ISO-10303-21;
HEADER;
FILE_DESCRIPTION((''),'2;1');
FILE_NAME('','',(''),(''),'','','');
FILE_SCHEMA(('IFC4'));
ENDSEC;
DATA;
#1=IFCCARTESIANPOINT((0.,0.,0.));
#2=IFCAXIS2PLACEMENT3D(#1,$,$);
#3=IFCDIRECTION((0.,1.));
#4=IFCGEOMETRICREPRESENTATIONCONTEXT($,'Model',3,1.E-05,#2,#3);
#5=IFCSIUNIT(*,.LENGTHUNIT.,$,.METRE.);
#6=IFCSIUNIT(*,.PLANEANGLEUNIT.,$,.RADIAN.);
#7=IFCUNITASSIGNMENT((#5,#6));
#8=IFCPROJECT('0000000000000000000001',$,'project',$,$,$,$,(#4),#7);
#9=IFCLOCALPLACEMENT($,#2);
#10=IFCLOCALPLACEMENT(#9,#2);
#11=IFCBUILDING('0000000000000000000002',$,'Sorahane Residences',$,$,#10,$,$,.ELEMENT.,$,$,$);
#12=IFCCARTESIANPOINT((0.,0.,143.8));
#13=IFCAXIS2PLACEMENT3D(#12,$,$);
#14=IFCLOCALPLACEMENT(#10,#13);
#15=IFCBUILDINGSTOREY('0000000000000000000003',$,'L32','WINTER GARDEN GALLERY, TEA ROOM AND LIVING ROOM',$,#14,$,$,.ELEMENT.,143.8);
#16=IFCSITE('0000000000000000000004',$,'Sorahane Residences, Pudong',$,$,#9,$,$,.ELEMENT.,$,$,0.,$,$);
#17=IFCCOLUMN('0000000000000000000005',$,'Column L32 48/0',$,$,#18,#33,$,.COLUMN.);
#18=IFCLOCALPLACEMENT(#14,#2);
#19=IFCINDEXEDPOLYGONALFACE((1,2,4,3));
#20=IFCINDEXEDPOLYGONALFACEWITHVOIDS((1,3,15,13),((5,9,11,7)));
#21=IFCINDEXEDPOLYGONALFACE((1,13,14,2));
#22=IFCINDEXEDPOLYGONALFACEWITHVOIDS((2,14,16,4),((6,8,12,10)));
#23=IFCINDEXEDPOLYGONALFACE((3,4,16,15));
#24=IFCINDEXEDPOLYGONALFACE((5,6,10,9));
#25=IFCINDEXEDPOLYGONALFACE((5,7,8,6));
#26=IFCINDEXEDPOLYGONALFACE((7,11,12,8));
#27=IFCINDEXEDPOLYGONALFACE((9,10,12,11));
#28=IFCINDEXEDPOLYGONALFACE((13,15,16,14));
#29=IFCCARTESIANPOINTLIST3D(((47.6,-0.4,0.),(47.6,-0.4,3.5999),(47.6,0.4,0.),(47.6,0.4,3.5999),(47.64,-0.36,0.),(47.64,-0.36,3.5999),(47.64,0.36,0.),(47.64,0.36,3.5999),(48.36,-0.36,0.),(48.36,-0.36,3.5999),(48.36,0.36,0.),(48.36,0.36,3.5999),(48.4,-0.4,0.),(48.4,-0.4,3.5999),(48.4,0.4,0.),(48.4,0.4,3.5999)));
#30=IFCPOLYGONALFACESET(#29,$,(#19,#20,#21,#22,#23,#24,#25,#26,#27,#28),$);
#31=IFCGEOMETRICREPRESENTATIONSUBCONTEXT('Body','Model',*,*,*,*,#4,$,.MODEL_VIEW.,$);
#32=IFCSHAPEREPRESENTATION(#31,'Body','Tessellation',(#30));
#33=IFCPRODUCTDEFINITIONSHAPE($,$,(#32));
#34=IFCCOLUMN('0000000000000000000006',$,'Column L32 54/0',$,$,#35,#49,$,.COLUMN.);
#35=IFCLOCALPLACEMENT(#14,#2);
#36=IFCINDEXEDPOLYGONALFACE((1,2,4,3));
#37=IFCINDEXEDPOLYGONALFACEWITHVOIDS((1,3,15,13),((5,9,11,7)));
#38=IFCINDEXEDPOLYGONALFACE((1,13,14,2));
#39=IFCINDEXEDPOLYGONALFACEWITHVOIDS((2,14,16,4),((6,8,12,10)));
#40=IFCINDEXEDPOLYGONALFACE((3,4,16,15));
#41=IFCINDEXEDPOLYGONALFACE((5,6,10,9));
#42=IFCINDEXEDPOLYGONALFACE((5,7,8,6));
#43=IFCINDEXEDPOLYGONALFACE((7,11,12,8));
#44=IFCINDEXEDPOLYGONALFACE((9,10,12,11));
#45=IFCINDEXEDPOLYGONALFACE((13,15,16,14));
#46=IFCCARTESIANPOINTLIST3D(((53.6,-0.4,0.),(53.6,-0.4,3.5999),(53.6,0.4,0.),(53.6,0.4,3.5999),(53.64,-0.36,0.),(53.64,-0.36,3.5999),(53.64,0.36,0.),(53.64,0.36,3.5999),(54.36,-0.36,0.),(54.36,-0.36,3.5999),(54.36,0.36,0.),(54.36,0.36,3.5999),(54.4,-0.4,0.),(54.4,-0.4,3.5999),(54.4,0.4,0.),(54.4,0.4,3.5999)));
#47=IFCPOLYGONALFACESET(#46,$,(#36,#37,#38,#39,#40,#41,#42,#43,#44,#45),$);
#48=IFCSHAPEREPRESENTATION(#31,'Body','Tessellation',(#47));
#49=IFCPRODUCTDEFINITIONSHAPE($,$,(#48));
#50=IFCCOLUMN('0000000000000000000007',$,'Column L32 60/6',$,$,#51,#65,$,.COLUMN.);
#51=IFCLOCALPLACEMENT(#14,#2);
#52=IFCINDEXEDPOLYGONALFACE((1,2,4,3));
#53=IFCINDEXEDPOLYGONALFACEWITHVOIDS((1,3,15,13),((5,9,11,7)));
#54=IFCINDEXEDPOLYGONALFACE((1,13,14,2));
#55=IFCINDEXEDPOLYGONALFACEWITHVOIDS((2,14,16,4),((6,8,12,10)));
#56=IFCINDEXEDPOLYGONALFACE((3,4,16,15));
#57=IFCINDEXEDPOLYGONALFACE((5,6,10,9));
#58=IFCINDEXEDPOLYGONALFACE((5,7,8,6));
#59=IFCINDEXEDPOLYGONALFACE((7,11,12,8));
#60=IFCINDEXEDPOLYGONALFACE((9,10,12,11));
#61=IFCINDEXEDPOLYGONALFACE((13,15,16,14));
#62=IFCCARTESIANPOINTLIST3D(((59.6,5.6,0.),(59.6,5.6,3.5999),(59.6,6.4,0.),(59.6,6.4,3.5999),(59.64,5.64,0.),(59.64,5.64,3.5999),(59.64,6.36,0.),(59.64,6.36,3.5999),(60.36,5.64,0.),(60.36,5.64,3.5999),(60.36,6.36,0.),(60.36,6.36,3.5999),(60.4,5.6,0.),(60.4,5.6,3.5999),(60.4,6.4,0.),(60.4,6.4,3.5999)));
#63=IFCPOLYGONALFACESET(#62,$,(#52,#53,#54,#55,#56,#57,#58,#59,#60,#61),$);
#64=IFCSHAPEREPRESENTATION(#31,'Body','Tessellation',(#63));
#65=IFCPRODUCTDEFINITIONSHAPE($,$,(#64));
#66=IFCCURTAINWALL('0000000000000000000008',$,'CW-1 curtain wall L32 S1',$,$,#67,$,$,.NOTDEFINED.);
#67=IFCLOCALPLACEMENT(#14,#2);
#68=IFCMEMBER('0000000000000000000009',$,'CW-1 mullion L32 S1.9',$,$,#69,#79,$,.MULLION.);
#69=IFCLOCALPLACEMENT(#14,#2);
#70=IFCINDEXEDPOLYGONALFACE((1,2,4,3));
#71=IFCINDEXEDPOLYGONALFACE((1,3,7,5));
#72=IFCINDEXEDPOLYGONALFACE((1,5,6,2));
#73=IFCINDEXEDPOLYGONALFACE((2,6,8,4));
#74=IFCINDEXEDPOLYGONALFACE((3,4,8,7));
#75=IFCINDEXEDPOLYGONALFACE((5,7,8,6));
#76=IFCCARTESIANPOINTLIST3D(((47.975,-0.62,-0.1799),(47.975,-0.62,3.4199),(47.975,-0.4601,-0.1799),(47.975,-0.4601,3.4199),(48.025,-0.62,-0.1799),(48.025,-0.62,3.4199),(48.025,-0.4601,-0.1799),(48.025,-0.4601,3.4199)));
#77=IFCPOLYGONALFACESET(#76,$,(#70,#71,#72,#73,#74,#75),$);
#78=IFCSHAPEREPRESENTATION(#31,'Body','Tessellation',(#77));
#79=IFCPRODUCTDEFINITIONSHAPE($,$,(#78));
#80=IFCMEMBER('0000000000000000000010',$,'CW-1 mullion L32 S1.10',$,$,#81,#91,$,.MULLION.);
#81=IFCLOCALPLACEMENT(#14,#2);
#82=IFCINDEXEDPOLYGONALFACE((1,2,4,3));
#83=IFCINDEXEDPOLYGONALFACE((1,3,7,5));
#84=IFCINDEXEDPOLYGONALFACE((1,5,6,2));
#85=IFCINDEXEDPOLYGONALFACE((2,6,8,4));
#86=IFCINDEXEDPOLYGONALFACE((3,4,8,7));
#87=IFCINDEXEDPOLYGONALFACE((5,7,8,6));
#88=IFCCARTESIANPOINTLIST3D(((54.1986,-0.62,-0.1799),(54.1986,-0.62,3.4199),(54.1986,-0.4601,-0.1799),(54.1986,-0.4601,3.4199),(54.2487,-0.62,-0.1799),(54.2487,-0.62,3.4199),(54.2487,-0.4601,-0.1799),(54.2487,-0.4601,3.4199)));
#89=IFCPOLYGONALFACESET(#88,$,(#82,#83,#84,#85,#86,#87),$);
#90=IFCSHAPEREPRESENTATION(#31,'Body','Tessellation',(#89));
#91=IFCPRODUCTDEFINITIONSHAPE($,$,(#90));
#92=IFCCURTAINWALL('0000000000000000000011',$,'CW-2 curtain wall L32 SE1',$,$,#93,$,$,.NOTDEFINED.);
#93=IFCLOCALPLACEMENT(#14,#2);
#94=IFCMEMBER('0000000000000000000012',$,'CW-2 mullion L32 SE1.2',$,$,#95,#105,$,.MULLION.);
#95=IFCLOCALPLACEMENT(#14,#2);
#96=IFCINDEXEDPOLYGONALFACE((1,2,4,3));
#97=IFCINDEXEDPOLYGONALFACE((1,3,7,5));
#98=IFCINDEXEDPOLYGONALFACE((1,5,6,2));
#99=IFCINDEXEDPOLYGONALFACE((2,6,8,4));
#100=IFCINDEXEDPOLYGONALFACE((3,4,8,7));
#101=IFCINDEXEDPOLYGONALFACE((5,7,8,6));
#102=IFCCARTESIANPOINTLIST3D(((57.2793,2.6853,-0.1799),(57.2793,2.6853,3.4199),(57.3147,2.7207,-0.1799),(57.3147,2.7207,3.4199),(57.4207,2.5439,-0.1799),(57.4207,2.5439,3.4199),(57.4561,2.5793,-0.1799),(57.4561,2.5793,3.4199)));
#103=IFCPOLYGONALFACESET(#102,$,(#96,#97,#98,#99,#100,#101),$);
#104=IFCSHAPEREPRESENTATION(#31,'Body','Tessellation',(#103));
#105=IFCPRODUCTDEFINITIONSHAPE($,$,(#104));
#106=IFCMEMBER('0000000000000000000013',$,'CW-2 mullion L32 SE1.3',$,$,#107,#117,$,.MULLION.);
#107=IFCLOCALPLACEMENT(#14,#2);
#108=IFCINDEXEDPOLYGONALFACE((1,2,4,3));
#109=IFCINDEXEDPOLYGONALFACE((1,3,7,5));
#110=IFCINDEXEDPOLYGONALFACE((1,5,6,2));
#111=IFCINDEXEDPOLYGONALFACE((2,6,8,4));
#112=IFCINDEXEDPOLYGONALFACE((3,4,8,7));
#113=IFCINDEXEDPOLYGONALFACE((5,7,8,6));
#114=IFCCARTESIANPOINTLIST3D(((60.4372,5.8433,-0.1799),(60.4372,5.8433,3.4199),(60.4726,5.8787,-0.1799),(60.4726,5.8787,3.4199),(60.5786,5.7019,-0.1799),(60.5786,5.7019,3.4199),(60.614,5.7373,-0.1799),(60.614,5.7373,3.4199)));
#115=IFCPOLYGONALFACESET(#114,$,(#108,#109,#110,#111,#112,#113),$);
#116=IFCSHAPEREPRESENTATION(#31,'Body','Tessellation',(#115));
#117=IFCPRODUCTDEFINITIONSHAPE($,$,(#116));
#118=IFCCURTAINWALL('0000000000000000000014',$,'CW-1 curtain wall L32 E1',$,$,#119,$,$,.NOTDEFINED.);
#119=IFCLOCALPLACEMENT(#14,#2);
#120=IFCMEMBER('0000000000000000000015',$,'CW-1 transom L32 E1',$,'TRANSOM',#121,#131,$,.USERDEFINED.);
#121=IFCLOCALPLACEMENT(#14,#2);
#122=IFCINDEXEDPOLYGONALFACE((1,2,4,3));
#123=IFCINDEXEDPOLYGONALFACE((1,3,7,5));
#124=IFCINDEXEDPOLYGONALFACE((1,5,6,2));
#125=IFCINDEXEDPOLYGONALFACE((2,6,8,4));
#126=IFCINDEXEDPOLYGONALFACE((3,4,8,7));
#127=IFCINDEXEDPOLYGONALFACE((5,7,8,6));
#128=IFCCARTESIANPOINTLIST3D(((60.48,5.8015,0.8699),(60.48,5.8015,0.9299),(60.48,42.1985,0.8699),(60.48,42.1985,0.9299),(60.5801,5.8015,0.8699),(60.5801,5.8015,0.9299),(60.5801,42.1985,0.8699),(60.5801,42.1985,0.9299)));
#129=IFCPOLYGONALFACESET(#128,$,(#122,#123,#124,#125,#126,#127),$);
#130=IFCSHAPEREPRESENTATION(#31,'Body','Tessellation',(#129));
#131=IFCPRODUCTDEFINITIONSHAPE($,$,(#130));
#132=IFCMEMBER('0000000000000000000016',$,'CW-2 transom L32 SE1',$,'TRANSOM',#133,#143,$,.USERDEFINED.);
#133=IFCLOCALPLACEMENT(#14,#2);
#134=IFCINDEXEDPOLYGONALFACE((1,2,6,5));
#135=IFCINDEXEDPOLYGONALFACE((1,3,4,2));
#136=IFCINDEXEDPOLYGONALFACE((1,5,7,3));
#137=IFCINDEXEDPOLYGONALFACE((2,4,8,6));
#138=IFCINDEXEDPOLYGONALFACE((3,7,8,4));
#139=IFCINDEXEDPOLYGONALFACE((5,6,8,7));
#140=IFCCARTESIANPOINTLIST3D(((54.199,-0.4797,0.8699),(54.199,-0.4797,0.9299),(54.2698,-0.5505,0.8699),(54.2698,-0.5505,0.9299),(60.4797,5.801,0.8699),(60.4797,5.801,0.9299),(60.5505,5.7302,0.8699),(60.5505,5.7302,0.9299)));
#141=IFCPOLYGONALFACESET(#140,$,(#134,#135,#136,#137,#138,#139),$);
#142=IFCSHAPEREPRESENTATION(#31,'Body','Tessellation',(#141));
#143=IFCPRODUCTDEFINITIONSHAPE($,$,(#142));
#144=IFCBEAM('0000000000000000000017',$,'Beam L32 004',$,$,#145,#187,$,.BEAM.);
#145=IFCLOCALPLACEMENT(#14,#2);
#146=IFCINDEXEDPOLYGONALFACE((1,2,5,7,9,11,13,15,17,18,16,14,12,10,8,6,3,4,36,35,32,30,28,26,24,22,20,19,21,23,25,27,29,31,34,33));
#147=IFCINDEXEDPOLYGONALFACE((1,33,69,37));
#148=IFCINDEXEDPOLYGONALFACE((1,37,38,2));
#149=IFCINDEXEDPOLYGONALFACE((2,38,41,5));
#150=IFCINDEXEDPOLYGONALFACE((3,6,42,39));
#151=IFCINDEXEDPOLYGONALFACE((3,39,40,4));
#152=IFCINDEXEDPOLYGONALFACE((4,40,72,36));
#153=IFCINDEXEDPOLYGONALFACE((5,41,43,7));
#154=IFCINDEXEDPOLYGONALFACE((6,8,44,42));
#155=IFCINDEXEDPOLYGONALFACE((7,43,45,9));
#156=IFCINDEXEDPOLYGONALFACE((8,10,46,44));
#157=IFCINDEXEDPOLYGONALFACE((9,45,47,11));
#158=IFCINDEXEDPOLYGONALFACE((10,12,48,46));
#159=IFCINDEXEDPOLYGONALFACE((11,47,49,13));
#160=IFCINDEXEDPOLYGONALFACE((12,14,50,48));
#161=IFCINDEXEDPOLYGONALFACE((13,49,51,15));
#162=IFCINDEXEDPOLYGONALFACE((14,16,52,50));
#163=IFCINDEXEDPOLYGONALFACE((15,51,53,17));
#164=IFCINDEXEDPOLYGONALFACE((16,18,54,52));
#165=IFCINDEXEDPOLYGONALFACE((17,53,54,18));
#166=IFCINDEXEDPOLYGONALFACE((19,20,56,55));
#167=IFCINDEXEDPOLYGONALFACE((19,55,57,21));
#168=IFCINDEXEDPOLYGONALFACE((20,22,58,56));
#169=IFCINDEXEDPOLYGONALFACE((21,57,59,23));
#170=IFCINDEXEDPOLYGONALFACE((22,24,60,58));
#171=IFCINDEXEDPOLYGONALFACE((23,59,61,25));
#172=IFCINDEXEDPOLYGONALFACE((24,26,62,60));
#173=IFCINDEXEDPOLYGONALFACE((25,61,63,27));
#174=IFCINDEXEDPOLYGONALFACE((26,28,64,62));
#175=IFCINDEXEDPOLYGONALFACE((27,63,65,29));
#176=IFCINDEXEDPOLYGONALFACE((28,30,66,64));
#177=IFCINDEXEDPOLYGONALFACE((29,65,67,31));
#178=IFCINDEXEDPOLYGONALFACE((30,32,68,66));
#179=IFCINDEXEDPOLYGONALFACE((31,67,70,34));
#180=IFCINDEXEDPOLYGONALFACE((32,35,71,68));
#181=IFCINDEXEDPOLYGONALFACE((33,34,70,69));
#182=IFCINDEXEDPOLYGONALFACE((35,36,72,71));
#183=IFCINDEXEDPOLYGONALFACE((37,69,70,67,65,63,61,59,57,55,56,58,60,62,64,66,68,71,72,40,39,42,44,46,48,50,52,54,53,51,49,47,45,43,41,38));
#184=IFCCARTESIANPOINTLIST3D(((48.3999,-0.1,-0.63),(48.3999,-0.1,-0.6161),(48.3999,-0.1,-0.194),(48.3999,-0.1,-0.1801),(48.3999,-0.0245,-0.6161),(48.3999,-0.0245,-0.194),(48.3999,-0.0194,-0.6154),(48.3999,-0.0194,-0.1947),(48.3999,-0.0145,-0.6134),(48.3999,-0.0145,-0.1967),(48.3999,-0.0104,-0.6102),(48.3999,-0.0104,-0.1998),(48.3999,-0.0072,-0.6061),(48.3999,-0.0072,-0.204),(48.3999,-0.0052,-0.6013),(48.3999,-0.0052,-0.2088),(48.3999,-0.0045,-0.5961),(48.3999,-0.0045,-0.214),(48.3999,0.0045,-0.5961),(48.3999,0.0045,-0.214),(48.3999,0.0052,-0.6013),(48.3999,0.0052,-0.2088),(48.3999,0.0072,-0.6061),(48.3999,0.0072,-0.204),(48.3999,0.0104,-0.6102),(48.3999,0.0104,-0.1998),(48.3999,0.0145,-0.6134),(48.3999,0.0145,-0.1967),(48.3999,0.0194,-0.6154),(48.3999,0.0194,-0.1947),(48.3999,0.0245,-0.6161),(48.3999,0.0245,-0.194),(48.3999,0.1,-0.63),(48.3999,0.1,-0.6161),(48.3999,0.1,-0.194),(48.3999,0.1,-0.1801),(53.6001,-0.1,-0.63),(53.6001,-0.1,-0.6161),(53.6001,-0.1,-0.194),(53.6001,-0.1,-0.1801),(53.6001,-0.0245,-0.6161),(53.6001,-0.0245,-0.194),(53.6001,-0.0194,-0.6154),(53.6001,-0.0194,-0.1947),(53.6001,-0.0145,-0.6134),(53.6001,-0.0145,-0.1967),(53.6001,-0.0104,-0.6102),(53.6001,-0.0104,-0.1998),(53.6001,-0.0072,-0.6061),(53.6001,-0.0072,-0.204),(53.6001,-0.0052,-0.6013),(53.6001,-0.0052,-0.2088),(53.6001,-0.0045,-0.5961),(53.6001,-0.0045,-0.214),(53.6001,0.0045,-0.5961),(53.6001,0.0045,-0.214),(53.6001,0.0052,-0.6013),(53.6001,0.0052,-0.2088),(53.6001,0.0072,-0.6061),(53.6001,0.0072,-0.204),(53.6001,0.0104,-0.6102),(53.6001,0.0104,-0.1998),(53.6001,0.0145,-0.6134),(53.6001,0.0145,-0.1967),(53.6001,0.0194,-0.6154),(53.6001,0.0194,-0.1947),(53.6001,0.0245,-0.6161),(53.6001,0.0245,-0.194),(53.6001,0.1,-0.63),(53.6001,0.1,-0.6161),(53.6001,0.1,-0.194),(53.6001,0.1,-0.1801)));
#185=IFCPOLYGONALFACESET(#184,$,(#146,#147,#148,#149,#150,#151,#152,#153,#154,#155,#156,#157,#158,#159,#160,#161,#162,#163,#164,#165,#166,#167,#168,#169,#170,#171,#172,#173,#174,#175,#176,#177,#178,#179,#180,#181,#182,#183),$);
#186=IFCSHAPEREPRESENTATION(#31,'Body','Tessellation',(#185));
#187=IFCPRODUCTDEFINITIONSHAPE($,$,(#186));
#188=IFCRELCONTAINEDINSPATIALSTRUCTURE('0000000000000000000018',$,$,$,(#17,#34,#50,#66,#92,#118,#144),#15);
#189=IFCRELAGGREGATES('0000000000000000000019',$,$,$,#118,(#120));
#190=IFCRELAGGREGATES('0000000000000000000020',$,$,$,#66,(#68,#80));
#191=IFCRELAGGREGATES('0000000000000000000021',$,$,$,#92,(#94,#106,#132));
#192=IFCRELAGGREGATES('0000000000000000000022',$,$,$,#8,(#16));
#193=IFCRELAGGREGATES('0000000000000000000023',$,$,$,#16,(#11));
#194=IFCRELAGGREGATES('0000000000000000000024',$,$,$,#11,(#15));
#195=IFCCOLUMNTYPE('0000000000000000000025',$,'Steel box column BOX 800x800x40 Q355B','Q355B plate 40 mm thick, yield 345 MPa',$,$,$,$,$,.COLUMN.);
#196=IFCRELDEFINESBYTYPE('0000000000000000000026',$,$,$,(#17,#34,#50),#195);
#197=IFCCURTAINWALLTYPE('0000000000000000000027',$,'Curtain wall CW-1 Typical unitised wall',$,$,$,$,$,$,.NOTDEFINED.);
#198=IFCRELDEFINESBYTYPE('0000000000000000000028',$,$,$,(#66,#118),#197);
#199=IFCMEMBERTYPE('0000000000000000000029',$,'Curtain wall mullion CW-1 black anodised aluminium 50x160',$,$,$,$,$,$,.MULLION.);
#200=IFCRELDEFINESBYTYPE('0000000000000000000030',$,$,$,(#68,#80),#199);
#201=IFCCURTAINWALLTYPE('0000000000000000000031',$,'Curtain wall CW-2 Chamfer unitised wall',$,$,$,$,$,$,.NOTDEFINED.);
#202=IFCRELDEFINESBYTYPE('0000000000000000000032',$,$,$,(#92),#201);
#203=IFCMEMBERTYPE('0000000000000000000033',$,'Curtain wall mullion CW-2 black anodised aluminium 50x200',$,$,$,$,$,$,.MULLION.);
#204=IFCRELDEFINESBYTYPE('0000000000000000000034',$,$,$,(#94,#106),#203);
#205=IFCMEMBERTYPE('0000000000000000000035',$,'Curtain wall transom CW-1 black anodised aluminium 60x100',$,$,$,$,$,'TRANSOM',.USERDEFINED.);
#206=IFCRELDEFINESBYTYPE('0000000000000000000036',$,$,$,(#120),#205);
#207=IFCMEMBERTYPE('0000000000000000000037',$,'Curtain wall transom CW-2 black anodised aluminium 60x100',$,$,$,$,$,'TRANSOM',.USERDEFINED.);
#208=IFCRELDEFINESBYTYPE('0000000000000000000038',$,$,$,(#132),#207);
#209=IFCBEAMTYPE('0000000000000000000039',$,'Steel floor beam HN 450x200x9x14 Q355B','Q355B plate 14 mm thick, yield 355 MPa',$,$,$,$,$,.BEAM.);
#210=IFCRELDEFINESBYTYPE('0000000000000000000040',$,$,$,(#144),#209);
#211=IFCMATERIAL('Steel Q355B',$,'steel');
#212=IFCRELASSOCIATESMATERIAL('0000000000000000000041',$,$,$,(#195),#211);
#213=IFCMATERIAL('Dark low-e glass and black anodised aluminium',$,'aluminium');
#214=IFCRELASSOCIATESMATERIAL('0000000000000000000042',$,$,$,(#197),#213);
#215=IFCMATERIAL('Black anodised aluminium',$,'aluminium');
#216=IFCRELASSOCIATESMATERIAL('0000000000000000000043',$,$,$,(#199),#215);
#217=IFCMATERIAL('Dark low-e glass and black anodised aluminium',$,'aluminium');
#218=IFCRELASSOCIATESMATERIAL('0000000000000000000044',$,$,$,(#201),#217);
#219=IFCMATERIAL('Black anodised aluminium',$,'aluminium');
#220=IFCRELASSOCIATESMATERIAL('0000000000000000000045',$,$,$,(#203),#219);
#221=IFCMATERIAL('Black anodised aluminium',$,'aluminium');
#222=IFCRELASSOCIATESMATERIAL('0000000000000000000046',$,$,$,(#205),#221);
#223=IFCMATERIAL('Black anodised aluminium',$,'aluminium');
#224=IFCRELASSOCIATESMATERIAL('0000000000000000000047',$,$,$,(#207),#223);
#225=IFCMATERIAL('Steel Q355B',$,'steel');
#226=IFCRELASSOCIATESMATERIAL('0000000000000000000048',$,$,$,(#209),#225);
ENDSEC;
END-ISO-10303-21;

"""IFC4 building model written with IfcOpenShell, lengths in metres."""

from ifc_helpers import new_model, si_unit, direction, frame, origin, origin_2d, place, context, subcontext, project, spatial, rectangle, hollow_rectangle, i_section, extrude, material, material_profile, profile_set, type_object, element, aggregate, save


model = new_model("IFC4")

# Units and contexts
model_context = context("Model", 3, precision=1e-05, world=origin(), true_north=direction((0.0, 1.0)))
body_context = subcontext(model_context, "Body", "Model", "MODEL_VIEW")
ifc_project = project(units=[si_unit("LENGTHUNIT", "METRE"), si_unit("PLANEANGLEUNIT", "RADIAN")], contexts=[model_context])

# Site, building, storey
site_placement = place(None, origin())
site = spatial("IfcSite", under=ifc_project, at=site_placement, Name="Sorahane Residences, Pudong", CompositionType="ELEMENT", RefElevation=0.0)
building_placement = place(site_placement, origin())
building = spatial("IfcBuilding", under=site, at=building_placement, Name="Sorahane Residences", CompositionType="ELEMENT")
storey_placement = place(building_placement, frame((0.0, 0.0, 143.8)))
storey = spatial("IfcBuildingStorey", under=building, at=storey_placement, Name="L32", Description="WINTER GARDEN GALLERY, TEA ROOM AND LIVING ROOM", CompositionType="ELEMENT", Elevation=143.8)

# Columns
ifc_material_1 = material(Name="Steel Q355B", Category="steel")
ifc_material_profile_1 = material_profile(ifc_material_1, hollow_rectangle(XDim=0.8, YDim=0.8, WallThickness=0.04, at=origin_2d()), Name="BOX 800x800x40")
ifc_profile_set_1 = profile_set([ifc_material_profile_1], Name="Steel Q355B")
column_type = type_object("IfcColumnType", Name="Steel box column BOX 800x800x40 Q355B", Description="Q355B plate 40 mm thick, yield 345 MPa", PredefinedType="COLUMN", material=ifc_profile_set_1)
for number, where, z_axis, x_axis, name in (
    (1, (48.0, 0.0, 0.0), (0.0, 0.0, 1.0), (1.0, 0.0, 0.0), "Column L32 48/0"),
    (2, (54.0, 0.0, 0.0), (0.0, 0.0, 1.0), (1.0, 0.0, 0.0), "Column L32 54/0"),
    (3, (60.0, 6.0, 0.0), (0.0, 0.0, 1.0), (1.0, 0.0, 0.0), "Column L32 60/6"),
):
    element("IfcColumn", number, at=place(storey_placement, frame(where, z_axis=z_axis, x_axis=x_axis)), inside=storey, type_object=column_type, Name=name, PredefinedType="COLUMN", context=body_context, shape_type="SweptSolid", body=[
        extrude(hollow_rectangle(XDim=0.8, YDim=0.8, WallThickness=0.04, at=origin_2d()), origin(), (0.0, 0.0, 1.0), 3.5999),
    ])

# Curtain walls, members
ifc_material_2 = material(Name="Dark low-e glass and black anodised aluminium", Category="aluminium")
curtain_wall_type_1 = type_object("IfcCurtainWallType", Name="Curtain wall CW-1 Typical unitised wall", PredefinedType="NOTDEFINED", material=ifc_material_2)
curtain_wall_1_placement = place(storey_placement, origin())
curtain_wall_1 = element("IfcCurtainWall", 4, at=curtain_wall_1_placement, inside=storey, type_object=curtain_wall_type_1, Name="CW-1 curtain wall L32 S1", PredefinedType="NOTDEFINED")
ifc_material_3 = material(Name="Black anodised aluminium", Category="aluminium")
ifc_material_profile_2 = material_profile(ifc_material_3, rectangle(XDim=0.1599, YDim=0.05, at=origin_2d()), Name="Curtain wall mullion CW-1 black anodised aluminium 50x160")
ifc_profile_set_2 = profile_set([ifc_material_profile_2], Name="Black anodised aluminium")
member_type_1 = type_object("IfcMemberType", Name="Curtain wall mullion CW-1 black anodised aluminium 50x160", PredefinedType="MULLION", material=ifc_profile_set_2)
member_1_placement = place(storey_placement, frame((48.0, -0.54, -0.1799), z_axis=(0.0, 0.0, 1.0), x_axis=(0.0, -1.0, 0.0)))
member_1 = element("IfcMember", 5, at=member_1_placement, type_object=member_type_1, Name="CW-1 mullion L32 S1.9", PredefinedType="MULLION", context=body_context, shape_type="SweptSolid", body=[
    extrude(rectangle(XDim=0.1599, YDim=0.05, at=origin_2d()), origin(), (0.0, 0.0, 1.0), 3.5999),
])
member_2_placement = place(storey_placement, frame((54.2236, -0.54, -0.1799), z_axis=(0.0, 0.0, 1.0), x_axis=(0.0, -1.0, 0.0)))
member_2 = element("IfcMember", 6, at=member_2_placement, type_object=member_type_1, Name="CW-1 mullion L32 S1.10", PredefinedType="MULLION", context=body_context, shape_type="SweptSolid", body=[
    extrude(rectangle(XDim=0.1599, YDim=0.05, at=origin_2d()), origin(), (0.0, 0.0, 1.0), 3.5999),
])
ifc_material_4 = material(Name="Dark low-e glass and black anodised aluminium", Category="aluminium")
curtain_wall_type_2 = type_object("IfcCurtainWallType", Name="Curtain wall CW-2 Chamfer unitised wall", PredefinedType="NOTDEFINED", material=ifc_material_4)
curtain_wall_2_placement = place(storey_placement, origin())
curtain_wall_2 = element("IfcCurtainWall", 7, at=curtain_wall_2_placement, inside=storey, type_object=curtain_wall_type_2, Name="CW-2 curtain wall L32 SE1", PredefinedType="NOTDEFINED")
ifc_material_5 = material(Name="Black anodised aluminium", Category="aluminium")
ifc_material_profile_3 = material_profile(ifc_material_5, rectangle(XDim=0.2, YDim=0.05, at=origin_2d()), Name="Curtain wall mullion CW-2 black anodised aluminium 50x200")
ifc_profile_set_3 = profile_set([ifc_material_profile_3], Name="Black anodised aluminium")
member_type_2 = type_object("IfcMemberType", Name="Curtain wall mullion CW-2 black anodised aluminium 50x200", PredefinedType="MULLION", material=ifc_profile_set_3)
member_3_placement = place(storey_placement, frame((57.3677, 2.6323, -0.1799), z_axis=(0.0, 0.0, 1.0), x_axis=(0.707107, -0.707107, 0.0)))
member_3 = element("IfcMember", 8, at=member_3_placement, type_object=member_type_2, Name="CW-2 mullion L32 SE1.2", PredefinedType="MULLION", context=body_context, shape_type="SweptSolid", body=[
    extrude(rectangle(XDim=0.2, YDim=0.05, at=origin_2d()), origin(), (0.0, 0.0, 1.0), 3.5999),
])
member_4_placement = place(storey_placement, frame((60.5256, 5.7903, -0.1799), z_axis=(0.0, 0.0, 1.0), x_axis=(0.707107, -0.707107, 0.0)))
member_4 = element("IfcMember", 9, at=member_4_placement, type_object=member_type_2, Name="CW-2 mullion L32 SE1.3", PredefinedType="MULLION", context=body_context, shape_type="SweptSolid", body=[
    extrude(rectangle(XDim=0.2, YDim=0.05, at=origin_2d()), origin(), (0.0, 0.0, 1.0), 3.5999),
])

# Curtain wall, member
curtain_wall_3_placement = place(storey_placement, origin())
curtain_wall_3 = element("IfcCurtainWall", 10, at=curtain_wall_3_placement, inside=storey, type_object=curtain_wall_type_1, Name="CW-1 curtain wall L32 E1", PredefinedType="NOTDEFINED")
ifc_material_6 = material(Name="Black anodised aluminium", Category="aluminium")
ifc_material_profile_4 = material_profile(ifc_material_6, rectangle(XDim=0.1001, YDim=0.0601, at=origin_2d()), Name="Curtain wall transom CW-1 black anodised aluminium 60x100")
ifc_profile_set_4 = profile_set([ifc_material_profile_4], Name="Black anodised aluminium")
member_type_3 = type_object("IfcMemberType", Name="Curtain wall transom CW-1 black anodised aluminium 60x100", ElementType="TRANSOM", PredefinedType="USERDEFINED", material=ifc_profile_set_4)
member_5_placement = place(storey_placement, frame((60.53, 5.8015, 0.8999), z_axis=(0.0, 1.0, 0.0), x_axis=(-1.0, 0.0, 0.0)))
member_5 = element("IfcMember", 11, at=member_5_placement, type_object=member_type_3, Name="CW-1 transom L32 E1", ObjectType="TRANSOM", PredefinedType="USERDEFINED", context=body_context, shape_type="SweptSolid", body=[
    extrude(rectangle(XDim=0.1001, YDim=0.0601, at=origin_2d()), origin(), (0.0, 0.0, 1.0), 36.397),
])
aggregate(curtain_wall_3, [member_5])

# Member
ifc_material_7 = material(Name="Black anodised aluminium", Category="aluminium")
ifc_material_profile_5 = material_profile(ifc_material_7, rectangle(XDim=0.1001, YDim=0.0601, at=origin_2d()), Name="Curtain wall transom CW-2 black anodised aluminium 60x100")
ifc_profile_set_5 = profile_set([ifc_material_profile_5], Name="Black anodised aluminium")
member_type_4 = type_object("IfcMemberType", Name="Curtain wall transom CW-2 black anodised aluminium 60x100", ElementType="TRANSOM", PredefinedType="USERDEFINED", material=ifc_profile_set_5)
member_6_placement = place(storey_placement, frame((54.2344, -0.5151, 0.8999), z_axis=(0.707107, 0.707107, 0.0), x_axis=(-0.707107, 0.707107, 0.0)))
member_6 = element("IfcMember", 12, at=member_6_placement, type_object=member_type_4, Name="CW-2 transom L32 SE1", ObjectType="TRANSOM", PredefinedType="USERDEFINED", context=body_context, shape_type="SweptSolid", body=[
    extrude(rectangle(XDim=0.1001, YDim=0.0601, at=origin_2d()), origin(), (0.0, 0.0, 1.0), 8.8823),
])

# Beam
ifc_material_8 = material(Name="Steel Q355B", Category="steel")
ifc_material_profile_6 = material_profile(ifc_material_8, i_section(OverallWidth=0.2, OverallDepth=0.45, WebThickness=0.009, FlangeThickness=0.0139, FilletRadius=0.02, at=origin_2d()), Name="HN 450x200x9x14")
ifc_profile_set_6 = profile_set([ifc_material_profile_6], Name="Steel Q355B")
beam_type_1 = type_object("IfcBeamType", Name="Steel floor beam HN 450x200x9x14 Q355B", Description="Q355B plate 14 mm thick, yield 355 MPa", PredefinedType="BEAM", material=ifc_profile_set_6)
for number, where, z_axis, x_axis, name in (
    (13, (48.3999, 0.0, -0.405), (1.0, 0.0, 0.0), (0.0, 1.0, 0.0), "Beam L32 004"),
):
    element("IfcBeam", number, at=place(storey_placement, frame(where, z_axis=z_axis, x_axis=x_axis)), inside=storey, type_object=beam_type_1, Name=name, PredefinedType="BEAM", context=body_context, shape_type="SweptSolid", body=[
        extrude(i_section(OverallWidth=0.2, OverallDepth=0.45, WebThickness=0.009, FlangeThickness=0.0139, FilletRadius=0.02, at=origin_2d()), origin(), (0.0, 0.0, 1.0), 5.2002),
    ])

aggregate(curtain_wall_1, [member_1, member_2])
aggregate(curtain_wall_2, [member_3, member_4, member_6])

save(model, "model.ifc")
